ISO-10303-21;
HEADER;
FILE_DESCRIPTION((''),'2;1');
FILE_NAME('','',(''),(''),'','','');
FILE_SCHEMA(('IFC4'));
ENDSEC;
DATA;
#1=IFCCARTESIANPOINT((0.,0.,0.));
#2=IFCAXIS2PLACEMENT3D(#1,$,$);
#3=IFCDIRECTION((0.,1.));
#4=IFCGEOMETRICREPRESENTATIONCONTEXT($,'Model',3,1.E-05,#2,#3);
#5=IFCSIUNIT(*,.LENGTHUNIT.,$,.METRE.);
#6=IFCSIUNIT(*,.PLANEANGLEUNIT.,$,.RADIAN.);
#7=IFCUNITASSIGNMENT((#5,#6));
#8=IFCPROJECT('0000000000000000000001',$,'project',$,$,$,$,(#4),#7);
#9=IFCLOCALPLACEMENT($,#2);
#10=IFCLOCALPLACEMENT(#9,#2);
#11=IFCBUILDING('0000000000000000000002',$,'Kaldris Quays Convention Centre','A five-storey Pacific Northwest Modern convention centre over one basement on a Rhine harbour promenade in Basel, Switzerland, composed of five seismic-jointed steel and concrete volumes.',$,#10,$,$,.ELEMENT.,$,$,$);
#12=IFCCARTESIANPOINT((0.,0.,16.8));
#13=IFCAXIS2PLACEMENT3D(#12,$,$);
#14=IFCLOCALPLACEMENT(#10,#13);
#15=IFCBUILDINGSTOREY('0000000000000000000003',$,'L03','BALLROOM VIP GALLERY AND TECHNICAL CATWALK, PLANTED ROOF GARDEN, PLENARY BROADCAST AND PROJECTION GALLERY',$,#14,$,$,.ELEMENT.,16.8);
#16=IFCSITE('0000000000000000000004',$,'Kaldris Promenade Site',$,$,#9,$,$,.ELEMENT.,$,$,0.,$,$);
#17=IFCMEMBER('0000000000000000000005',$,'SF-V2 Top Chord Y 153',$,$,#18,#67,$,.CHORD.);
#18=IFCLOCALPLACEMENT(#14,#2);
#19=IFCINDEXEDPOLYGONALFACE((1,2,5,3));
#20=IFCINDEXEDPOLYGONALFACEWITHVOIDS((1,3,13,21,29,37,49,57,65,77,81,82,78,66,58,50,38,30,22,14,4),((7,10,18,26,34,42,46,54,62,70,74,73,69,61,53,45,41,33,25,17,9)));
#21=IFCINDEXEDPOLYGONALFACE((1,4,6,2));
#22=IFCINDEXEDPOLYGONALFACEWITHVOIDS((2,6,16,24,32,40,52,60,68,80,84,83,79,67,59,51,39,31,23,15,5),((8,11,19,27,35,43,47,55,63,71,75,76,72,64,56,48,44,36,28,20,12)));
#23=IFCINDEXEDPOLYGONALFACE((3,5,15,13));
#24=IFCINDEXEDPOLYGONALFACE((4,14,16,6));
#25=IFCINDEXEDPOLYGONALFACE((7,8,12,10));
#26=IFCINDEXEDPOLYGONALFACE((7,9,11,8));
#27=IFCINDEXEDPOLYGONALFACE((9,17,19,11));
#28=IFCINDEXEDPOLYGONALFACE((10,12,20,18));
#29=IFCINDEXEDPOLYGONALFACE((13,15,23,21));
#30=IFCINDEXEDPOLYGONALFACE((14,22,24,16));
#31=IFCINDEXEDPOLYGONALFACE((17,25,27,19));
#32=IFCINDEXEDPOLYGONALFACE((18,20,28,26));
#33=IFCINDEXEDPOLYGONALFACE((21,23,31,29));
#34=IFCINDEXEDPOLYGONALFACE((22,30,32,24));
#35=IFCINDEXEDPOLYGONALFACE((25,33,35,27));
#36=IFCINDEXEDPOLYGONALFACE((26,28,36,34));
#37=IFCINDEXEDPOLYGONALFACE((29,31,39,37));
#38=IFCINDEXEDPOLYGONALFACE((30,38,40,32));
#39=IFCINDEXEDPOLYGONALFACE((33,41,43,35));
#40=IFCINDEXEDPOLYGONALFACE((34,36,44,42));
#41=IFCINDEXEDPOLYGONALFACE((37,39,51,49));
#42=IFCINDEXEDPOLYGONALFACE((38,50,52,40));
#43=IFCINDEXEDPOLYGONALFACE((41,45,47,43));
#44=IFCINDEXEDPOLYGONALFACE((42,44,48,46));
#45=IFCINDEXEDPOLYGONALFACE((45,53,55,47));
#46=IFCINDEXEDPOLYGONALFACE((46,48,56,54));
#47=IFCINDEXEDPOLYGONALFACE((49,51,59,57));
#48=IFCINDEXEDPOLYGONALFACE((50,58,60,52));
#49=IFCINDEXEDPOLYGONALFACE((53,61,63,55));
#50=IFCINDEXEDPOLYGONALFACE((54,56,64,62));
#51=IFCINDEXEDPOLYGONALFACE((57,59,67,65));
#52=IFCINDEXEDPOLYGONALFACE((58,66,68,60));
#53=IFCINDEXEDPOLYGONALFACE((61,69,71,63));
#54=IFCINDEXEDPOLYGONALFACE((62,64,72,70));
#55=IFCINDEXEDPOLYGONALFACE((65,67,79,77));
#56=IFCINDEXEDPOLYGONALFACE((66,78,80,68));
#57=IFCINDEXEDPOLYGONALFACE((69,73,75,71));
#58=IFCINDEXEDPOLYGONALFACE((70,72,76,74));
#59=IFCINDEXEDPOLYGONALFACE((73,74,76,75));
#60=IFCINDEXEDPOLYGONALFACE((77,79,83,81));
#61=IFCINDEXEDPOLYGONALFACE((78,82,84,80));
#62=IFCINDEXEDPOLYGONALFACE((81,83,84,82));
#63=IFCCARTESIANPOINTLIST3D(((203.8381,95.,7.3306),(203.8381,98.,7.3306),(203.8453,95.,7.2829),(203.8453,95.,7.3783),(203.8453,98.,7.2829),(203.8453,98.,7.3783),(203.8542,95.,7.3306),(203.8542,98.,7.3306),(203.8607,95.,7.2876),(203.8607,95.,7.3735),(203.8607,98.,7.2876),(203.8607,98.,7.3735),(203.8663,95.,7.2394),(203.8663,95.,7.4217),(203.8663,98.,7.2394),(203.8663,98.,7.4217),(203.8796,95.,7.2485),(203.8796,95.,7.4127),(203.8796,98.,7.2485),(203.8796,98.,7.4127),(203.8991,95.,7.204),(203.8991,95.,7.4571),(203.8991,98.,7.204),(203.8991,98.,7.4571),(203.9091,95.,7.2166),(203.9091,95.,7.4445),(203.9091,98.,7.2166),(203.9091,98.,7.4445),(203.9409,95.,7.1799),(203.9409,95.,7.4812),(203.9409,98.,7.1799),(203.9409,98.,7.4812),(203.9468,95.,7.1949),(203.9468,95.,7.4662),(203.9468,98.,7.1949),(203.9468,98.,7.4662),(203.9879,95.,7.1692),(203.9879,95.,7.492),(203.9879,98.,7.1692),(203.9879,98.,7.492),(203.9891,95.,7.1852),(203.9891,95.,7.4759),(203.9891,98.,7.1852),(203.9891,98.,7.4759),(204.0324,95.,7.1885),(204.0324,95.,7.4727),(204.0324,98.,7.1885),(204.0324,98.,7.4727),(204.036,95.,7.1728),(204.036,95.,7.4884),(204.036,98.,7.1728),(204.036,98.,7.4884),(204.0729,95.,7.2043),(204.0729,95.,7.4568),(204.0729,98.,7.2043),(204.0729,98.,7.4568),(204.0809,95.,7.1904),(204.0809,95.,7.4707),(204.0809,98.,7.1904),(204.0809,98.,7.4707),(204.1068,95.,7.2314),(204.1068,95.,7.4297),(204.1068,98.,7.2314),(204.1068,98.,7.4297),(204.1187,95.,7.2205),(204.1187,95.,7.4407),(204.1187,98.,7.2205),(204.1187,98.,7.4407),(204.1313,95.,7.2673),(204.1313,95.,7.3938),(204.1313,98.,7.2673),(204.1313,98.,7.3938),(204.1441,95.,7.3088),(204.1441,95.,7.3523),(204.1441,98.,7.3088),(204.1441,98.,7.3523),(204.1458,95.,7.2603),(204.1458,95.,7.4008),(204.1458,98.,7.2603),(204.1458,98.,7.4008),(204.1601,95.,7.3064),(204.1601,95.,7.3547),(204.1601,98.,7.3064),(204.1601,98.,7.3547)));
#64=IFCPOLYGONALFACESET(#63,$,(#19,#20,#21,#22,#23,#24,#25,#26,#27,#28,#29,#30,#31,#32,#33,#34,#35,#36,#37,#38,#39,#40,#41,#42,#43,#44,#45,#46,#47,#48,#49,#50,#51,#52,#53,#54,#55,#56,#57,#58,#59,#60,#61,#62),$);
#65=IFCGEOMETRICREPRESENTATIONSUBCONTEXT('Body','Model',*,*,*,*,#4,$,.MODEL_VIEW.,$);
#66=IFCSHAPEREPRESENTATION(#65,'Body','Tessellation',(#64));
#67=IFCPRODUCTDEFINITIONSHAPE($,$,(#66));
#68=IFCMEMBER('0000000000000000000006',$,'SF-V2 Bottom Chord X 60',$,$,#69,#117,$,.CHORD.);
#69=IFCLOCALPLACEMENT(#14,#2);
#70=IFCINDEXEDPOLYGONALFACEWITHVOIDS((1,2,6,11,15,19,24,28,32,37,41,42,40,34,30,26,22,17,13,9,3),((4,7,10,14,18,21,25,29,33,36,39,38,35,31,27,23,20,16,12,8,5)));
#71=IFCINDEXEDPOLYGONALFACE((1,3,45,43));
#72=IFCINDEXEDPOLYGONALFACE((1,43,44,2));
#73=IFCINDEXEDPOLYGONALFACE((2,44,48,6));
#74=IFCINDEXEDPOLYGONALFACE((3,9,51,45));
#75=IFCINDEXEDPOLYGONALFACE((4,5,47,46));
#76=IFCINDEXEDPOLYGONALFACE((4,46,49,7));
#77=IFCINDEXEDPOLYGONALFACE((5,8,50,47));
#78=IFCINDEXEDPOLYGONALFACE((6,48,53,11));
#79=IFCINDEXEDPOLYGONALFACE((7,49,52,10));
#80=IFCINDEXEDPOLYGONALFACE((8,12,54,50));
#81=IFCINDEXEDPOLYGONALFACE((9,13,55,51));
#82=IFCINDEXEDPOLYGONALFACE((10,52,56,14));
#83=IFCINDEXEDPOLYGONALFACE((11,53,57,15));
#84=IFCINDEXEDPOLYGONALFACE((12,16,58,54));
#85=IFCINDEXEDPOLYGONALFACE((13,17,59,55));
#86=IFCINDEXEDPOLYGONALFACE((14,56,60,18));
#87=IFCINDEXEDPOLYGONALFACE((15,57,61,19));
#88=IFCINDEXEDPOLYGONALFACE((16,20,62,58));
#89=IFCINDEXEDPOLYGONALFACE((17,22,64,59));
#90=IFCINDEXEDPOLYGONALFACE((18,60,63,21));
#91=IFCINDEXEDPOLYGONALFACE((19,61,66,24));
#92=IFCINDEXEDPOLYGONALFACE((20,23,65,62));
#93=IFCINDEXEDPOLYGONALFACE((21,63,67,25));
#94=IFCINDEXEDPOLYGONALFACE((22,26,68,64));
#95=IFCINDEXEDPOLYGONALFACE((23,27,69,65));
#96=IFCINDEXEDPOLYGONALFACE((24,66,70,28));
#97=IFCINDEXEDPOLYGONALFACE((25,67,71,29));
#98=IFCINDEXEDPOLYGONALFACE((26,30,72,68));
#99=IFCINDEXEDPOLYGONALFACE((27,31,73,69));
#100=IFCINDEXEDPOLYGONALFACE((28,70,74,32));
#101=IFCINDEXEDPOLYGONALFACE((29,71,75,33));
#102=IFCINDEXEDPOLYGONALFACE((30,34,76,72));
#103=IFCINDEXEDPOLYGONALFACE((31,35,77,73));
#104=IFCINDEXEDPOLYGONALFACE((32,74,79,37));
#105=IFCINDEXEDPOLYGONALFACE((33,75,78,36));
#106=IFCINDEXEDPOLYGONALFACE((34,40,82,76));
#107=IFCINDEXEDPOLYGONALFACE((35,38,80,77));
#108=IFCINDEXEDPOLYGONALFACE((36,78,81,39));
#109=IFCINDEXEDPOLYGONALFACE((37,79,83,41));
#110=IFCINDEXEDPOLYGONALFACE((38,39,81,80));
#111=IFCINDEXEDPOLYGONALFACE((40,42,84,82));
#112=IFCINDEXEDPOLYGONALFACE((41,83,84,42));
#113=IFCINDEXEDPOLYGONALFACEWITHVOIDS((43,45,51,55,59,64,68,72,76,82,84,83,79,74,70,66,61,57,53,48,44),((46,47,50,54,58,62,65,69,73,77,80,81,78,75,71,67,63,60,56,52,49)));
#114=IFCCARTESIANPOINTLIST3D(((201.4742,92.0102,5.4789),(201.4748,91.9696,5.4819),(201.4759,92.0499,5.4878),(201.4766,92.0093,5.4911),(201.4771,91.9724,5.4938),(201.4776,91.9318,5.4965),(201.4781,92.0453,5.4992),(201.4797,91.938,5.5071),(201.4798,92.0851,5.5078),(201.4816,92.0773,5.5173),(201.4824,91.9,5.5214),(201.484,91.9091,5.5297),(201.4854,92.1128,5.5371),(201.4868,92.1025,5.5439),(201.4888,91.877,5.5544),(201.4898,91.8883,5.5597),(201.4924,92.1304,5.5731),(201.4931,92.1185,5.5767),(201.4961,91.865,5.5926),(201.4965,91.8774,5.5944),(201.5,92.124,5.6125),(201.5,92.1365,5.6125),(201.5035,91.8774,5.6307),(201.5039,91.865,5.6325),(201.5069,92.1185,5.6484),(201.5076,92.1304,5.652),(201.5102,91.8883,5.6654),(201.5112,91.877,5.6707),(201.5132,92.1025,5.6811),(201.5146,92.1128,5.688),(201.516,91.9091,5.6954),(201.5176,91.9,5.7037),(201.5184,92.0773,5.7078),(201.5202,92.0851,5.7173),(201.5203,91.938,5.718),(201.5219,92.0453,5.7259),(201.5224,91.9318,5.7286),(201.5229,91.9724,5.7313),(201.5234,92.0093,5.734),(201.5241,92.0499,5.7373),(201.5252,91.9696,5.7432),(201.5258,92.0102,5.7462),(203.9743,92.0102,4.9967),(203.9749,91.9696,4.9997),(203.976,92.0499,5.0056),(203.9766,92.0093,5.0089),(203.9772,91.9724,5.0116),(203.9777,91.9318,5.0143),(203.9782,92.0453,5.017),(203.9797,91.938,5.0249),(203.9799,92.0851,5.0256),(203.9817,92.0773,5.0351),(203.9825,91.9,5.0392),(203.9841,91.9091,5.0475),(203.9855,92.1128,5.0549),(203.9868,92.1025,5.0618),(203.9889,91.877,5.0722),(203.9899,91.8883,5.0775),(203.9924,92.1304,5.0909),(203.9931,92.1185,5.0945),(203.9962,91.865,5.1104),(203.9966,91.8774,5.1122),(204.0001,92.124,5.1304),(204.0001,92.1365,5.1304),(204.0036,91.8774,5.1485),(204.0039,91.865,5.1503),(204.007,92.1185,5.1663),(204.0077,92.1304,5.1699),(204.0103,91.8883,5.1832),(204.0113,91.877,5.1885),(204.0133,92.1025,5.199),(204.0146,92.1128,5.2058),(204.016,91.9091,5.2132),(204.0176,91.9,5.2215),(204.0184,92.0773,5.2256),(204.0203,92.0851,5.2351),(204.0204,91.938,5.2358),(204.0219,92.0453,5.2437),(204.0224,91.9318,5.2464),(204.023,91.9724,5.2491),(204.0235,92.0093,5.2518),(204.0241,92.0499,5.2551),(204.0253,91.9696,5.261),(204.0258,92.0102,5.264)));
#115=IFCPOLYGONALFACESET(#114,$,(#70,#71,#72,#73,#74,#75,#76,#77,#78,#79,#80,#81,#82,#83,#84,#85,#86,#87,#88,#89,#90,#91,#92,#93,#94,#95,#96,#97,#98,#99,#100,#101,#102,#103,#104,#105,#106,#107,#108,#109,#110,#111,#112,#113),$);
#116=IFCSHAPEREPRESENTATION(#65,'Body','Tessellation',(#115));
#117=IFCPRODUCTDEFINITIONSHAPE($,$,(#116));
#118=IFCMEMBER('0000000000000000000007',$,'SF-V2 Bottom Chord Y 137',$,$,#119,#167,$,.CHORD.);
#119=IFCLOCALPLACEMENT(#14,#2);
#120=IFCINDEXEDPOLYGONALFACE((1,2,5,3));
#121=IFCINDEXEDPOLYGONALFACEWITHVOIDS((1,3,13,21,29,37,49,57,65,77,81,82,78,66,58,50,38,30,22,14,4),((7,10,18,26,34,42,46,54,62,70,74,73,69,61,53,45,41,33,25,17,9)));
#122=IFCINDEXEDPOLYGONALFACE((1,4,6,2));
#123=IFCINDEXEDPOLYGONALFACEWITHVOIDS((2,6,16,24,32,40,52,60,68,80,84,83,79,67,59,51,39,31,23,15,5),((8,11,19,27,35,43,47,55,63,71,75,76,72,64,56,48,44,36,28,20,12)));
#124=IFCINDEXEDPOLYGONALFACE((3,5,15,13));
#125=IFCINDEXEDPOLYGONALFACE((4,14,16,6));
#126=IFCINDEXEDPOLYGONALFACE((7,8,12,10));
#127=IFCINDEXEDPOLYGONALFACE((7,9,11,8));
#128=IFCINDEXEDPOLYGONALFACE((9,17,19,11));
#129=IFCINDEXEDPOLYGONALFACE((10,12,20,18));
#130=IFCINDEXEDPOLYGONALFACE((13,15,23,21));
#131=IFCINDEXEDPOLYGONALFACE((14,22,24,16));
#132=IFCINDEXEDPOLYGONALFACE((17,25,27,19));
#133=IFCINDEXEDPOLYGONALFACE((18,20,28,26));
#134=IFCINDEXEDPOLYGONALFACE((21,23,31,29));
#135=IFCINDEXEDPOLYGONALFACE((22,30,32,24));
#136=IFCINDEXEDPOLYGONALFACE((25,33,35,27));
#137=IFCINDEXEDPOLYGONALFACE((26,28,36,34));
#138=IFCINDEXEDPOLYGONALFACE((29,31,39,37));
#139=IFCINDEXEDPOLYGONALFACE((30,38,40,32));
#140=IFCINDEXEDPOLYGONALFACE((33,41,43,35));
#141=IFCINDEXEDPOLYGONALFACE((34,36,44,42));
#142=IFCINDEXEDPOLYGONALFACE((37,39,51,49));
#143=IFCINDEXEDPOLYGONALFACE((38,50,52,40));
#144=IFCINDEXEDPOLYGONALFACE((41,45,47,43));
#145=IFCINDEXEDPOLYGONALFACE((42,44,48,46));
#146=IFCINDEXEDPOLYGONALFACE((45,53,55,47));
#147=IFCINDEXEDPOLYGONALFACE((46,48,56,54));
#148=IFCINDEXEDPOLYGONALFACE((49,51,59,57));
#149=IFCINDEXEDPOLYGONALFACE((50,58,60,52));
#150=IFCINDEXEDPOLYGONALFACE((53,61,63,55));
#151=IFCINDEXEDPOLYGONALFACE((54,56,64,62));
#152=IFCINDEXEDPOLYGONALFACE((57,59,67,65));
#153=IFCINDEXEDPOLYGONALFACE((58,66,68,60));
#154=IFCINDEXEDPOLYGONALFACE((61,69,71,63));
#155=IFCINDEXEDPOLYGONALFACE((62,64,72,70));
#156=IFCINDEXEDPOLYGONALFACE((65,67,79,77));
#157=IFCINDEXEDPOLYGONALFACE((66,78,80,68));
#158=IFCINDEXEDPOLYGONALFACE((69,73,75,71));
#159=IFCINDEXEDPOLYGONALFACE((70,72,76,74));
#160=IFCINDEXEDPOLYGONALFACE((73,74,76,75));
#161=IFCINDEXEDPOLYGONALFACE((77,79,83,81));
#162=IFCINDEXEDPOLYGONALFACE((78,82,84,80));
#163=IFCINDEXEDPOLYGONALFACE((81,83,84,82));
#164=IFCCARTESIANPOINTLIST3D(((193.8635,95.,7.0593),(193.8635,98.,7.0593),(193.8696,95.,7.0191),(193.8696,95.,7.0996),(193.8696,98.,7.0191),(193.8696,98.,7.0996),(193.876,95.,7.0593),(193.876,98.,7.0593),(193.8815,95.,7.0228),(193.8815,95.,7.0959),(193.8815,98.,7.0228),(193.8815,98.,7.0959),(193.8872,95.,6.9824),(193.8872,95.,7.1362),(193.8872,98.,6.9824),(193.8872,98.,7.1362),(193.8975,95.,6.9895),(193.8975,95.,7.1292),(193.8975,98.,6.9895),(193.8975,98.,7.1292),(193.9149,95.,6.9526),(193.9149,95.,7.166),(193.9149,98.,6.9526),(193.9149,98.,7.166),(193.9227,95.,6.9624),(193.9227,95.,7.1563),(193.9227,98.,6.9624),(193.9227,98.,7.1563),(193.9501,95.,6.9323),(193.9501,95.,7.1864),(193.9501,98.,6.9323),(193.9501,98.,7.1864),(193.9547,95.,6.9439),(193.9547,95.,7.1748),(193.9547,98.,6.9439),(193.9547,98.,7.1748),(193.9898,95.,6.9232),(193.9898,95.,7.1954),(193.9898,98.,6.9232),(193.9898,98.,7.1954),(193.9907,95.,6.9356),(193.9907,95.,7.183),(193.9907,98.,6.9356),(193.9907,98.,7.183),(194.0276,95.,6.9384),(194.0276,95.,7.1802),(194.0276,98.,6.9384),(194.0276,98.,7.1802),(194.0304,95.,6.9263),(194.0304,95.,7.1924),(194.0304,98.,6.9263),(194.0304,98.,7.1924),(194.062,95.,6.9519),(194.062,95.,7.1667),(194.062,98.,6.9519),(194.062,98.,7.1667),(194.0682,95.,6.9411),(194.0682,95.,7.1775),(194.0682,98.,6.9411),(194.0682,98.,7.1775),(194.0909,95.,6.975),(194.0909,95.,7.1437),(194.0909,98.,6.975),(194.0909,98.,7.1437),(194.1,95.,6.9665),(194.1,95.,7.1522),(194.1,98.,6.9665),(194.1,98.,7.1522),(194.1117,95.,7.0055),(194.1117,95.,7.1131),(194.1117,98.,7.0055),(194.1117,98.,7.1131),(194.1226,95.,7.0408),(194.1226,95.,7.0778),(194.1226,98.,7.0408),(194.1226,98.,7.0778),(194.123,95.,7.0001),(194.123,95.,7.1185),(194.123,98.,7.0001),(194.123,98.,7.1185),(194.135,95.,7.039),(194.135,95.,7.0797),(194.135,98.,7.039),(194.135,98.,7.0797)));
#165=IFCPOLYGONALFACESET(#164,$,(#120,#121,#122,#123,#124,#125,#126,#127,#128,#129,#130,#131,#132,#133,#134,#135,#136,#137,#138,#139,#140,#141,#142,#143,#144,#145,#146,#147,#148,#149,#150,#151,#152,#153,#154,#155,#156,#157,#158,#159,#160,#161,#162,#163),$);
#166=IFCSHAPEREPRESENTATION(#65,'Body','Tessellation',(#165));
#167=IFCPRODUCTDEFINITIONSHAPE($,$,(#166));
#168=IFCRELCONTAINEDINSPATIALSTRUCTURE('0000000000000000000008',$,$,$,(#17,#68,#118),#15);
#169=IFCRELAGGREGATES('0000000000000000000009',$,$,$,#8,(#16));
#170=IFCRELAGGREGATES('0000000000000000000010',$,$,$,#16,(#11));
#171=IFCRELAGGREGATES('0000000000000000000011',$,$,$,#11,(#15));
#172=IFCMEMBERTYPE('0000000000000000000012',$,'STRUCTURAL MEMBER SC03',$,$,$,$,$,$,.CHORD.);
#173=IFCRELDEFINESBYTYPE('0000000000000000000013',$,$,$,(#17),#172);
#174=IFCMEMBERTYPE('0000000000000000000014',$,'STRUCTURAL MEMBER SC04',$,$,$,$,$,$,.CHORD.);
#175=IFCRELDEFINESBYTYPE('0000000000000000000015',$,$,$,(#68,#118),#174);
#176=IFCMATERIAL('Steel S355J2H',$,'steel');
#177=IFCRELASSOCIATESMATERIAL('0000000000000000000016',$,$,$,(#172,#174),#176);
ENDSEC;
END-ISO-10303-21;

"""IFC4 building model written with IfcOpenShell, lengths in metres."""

from ifc_helpers import new_model, si_unit, direction, frame, origin, origin_2d, place, context, subcontext, project, spatial, hollow_circle, extrude, material, material_profile, profile_set, type_object, element, save


model = new_model("IFC4")

# Units and contexts
model_context = context("Model", 3, precision=1e-05, world=origin(), true_north=direction((0.0, 1.0)))
body_context = subcontext(model_context, "Body", "Model", "MODEL_VIEW")
ifc_project = project(units=[si_unit("LENGTHUNIT", "METRE"), si_unit("PLANEANGLEUNIT", "RADIAN")], contexts=[model_context])

# Site, building, storey
site_placement = place(None, origin())
site = spatial("IfcSite", under=ifc_project, at=site_placement, Name="Kaldris Promenade Site", CompositionType="ELEMENT", RefElevation=0.0)
building_placement = place(site_placement, origin())
building = spatial("IfcBuilding", under=site, at=building_placement, Name="Kaldris Quays Convention Centre", Description="A five-storey Pacific Northwest Modern convention centre over one basement on a Rhine harbour promenade in Basel, Switzerland, composed of five seismic-jointed steel and concrete volumes.", CompositionType="ELEMENT")
storey_placement = place(building_placement, frame((0.0, 0.0, 16.8)))
storey = spatial("IfcBuildingStorey", under=building, at=storey_placement, Name="L03", Description="BALLROOM VIP GALLERY AND TECHNICAL CATWALK, PLANTED ROOF GARDEN, PLENARY BROADCAST AND PROJECTION GALLERY", CompositionType="ELEMENT", Elevation=16.8)

# Members
ifc_material_1 = material(Name="Steel S355J2H", Category="steel")
ifc_material_profile_1 = material_profile(ifc_material_1, hollow_circle(Radius=0.1619, WallThickness=0.0161, at=origin_2d()), Name="CHS 323.9x16")
ifc_profile_set_1 = profile_set([ifc_material_profile_1], Name="Steel S355J2H")
member_type_1 = type_object("IfcMemberType", Name="STRUCTURAL MEMBER SC03", PredefinedType="CHORD", material=ifc_profile_set_1)
for number, where, z_axis, x_axis, name in (
    (1, (204.0, 95.0, 7.3306), (0.0, 1.0, 0.0), (-1.0, 0.0, 0.0), "SF-V2 Top Chord Y 153"),
):
    element("IfcMember", number, at=place(storey_placement, frame(where, z_axis=z_axis, x_axis=x_axis)), inside=storey, type_object=member_type_1, Name=name, PredefinedType="CHORD", context=body_context, shape_type="SweptSolid", body=[
        extrude(hollow_circle(Radius=0.1619, WallThickness=0.0161, at=origin_2d()), origin(), (0.0, 0.0, 1.0), 3.0),
    ])
ifc_material_profile_2 = material_profile(ifc_material_1, hollow_circle(Radius=0.1365, WallThickness=0.0125, at=origin_2d()), Name="CHS 273x12.5")
ifc_profile_set_2 = profile_set([ifc_material_profile_2], Name="Steel S355J2H")
member_type_2 = type_object("IfcMemberType", Name="STRUCTURAL MEMBER SC04", PredefinedType="CHORD", material=ifc_profile_set_2)
member_1_placement = place(storey_placement, frame((201.5, 92.0, 5.6125), z_axis=(0.981904, 0.0, -0.189381), x_axis=(0.0, 1.0, 0.0)))
element("IfcMember", 2, at=member_1_placement, inside=storey, type_object=member_type_2, Name="SF-V2 Bottom Chord X 60", PredefinedType="CHORD", context=body_context, shape_type="SweptSolid", body=[
    extrude(hollow_circle(Radius=0.1365, WallThickness=0.0125, at=origin_2d()), origin(), (0.0, 0.0, 1.0), 2.5461),
])
for number, where, z_axis, x_axis, name in (
    (3, (194.0, 95.0, 7.0593), (0.0, 1.0, 0.0), (-1.0, 0.0, 0.0), "SF-V2 Bottom Chord Y 137"),
):
    element("IfcMember", number, at=place(storey_placement, frame(where, z_axis=z_axis, x_axis=x_axis)), inside=storey, type_object=member_type_2, Name=name, PredefinedType="CHORD", context=body_context, shape_type="SweptSolid", body=[
        extrude(hollow_circle(Radius=0.1365, WallThickness=0.0125, at=origin_2d()), origin(), (0.0, 0.0, 1.0), 3.0),
    ])

save(model, "model.ifc")
